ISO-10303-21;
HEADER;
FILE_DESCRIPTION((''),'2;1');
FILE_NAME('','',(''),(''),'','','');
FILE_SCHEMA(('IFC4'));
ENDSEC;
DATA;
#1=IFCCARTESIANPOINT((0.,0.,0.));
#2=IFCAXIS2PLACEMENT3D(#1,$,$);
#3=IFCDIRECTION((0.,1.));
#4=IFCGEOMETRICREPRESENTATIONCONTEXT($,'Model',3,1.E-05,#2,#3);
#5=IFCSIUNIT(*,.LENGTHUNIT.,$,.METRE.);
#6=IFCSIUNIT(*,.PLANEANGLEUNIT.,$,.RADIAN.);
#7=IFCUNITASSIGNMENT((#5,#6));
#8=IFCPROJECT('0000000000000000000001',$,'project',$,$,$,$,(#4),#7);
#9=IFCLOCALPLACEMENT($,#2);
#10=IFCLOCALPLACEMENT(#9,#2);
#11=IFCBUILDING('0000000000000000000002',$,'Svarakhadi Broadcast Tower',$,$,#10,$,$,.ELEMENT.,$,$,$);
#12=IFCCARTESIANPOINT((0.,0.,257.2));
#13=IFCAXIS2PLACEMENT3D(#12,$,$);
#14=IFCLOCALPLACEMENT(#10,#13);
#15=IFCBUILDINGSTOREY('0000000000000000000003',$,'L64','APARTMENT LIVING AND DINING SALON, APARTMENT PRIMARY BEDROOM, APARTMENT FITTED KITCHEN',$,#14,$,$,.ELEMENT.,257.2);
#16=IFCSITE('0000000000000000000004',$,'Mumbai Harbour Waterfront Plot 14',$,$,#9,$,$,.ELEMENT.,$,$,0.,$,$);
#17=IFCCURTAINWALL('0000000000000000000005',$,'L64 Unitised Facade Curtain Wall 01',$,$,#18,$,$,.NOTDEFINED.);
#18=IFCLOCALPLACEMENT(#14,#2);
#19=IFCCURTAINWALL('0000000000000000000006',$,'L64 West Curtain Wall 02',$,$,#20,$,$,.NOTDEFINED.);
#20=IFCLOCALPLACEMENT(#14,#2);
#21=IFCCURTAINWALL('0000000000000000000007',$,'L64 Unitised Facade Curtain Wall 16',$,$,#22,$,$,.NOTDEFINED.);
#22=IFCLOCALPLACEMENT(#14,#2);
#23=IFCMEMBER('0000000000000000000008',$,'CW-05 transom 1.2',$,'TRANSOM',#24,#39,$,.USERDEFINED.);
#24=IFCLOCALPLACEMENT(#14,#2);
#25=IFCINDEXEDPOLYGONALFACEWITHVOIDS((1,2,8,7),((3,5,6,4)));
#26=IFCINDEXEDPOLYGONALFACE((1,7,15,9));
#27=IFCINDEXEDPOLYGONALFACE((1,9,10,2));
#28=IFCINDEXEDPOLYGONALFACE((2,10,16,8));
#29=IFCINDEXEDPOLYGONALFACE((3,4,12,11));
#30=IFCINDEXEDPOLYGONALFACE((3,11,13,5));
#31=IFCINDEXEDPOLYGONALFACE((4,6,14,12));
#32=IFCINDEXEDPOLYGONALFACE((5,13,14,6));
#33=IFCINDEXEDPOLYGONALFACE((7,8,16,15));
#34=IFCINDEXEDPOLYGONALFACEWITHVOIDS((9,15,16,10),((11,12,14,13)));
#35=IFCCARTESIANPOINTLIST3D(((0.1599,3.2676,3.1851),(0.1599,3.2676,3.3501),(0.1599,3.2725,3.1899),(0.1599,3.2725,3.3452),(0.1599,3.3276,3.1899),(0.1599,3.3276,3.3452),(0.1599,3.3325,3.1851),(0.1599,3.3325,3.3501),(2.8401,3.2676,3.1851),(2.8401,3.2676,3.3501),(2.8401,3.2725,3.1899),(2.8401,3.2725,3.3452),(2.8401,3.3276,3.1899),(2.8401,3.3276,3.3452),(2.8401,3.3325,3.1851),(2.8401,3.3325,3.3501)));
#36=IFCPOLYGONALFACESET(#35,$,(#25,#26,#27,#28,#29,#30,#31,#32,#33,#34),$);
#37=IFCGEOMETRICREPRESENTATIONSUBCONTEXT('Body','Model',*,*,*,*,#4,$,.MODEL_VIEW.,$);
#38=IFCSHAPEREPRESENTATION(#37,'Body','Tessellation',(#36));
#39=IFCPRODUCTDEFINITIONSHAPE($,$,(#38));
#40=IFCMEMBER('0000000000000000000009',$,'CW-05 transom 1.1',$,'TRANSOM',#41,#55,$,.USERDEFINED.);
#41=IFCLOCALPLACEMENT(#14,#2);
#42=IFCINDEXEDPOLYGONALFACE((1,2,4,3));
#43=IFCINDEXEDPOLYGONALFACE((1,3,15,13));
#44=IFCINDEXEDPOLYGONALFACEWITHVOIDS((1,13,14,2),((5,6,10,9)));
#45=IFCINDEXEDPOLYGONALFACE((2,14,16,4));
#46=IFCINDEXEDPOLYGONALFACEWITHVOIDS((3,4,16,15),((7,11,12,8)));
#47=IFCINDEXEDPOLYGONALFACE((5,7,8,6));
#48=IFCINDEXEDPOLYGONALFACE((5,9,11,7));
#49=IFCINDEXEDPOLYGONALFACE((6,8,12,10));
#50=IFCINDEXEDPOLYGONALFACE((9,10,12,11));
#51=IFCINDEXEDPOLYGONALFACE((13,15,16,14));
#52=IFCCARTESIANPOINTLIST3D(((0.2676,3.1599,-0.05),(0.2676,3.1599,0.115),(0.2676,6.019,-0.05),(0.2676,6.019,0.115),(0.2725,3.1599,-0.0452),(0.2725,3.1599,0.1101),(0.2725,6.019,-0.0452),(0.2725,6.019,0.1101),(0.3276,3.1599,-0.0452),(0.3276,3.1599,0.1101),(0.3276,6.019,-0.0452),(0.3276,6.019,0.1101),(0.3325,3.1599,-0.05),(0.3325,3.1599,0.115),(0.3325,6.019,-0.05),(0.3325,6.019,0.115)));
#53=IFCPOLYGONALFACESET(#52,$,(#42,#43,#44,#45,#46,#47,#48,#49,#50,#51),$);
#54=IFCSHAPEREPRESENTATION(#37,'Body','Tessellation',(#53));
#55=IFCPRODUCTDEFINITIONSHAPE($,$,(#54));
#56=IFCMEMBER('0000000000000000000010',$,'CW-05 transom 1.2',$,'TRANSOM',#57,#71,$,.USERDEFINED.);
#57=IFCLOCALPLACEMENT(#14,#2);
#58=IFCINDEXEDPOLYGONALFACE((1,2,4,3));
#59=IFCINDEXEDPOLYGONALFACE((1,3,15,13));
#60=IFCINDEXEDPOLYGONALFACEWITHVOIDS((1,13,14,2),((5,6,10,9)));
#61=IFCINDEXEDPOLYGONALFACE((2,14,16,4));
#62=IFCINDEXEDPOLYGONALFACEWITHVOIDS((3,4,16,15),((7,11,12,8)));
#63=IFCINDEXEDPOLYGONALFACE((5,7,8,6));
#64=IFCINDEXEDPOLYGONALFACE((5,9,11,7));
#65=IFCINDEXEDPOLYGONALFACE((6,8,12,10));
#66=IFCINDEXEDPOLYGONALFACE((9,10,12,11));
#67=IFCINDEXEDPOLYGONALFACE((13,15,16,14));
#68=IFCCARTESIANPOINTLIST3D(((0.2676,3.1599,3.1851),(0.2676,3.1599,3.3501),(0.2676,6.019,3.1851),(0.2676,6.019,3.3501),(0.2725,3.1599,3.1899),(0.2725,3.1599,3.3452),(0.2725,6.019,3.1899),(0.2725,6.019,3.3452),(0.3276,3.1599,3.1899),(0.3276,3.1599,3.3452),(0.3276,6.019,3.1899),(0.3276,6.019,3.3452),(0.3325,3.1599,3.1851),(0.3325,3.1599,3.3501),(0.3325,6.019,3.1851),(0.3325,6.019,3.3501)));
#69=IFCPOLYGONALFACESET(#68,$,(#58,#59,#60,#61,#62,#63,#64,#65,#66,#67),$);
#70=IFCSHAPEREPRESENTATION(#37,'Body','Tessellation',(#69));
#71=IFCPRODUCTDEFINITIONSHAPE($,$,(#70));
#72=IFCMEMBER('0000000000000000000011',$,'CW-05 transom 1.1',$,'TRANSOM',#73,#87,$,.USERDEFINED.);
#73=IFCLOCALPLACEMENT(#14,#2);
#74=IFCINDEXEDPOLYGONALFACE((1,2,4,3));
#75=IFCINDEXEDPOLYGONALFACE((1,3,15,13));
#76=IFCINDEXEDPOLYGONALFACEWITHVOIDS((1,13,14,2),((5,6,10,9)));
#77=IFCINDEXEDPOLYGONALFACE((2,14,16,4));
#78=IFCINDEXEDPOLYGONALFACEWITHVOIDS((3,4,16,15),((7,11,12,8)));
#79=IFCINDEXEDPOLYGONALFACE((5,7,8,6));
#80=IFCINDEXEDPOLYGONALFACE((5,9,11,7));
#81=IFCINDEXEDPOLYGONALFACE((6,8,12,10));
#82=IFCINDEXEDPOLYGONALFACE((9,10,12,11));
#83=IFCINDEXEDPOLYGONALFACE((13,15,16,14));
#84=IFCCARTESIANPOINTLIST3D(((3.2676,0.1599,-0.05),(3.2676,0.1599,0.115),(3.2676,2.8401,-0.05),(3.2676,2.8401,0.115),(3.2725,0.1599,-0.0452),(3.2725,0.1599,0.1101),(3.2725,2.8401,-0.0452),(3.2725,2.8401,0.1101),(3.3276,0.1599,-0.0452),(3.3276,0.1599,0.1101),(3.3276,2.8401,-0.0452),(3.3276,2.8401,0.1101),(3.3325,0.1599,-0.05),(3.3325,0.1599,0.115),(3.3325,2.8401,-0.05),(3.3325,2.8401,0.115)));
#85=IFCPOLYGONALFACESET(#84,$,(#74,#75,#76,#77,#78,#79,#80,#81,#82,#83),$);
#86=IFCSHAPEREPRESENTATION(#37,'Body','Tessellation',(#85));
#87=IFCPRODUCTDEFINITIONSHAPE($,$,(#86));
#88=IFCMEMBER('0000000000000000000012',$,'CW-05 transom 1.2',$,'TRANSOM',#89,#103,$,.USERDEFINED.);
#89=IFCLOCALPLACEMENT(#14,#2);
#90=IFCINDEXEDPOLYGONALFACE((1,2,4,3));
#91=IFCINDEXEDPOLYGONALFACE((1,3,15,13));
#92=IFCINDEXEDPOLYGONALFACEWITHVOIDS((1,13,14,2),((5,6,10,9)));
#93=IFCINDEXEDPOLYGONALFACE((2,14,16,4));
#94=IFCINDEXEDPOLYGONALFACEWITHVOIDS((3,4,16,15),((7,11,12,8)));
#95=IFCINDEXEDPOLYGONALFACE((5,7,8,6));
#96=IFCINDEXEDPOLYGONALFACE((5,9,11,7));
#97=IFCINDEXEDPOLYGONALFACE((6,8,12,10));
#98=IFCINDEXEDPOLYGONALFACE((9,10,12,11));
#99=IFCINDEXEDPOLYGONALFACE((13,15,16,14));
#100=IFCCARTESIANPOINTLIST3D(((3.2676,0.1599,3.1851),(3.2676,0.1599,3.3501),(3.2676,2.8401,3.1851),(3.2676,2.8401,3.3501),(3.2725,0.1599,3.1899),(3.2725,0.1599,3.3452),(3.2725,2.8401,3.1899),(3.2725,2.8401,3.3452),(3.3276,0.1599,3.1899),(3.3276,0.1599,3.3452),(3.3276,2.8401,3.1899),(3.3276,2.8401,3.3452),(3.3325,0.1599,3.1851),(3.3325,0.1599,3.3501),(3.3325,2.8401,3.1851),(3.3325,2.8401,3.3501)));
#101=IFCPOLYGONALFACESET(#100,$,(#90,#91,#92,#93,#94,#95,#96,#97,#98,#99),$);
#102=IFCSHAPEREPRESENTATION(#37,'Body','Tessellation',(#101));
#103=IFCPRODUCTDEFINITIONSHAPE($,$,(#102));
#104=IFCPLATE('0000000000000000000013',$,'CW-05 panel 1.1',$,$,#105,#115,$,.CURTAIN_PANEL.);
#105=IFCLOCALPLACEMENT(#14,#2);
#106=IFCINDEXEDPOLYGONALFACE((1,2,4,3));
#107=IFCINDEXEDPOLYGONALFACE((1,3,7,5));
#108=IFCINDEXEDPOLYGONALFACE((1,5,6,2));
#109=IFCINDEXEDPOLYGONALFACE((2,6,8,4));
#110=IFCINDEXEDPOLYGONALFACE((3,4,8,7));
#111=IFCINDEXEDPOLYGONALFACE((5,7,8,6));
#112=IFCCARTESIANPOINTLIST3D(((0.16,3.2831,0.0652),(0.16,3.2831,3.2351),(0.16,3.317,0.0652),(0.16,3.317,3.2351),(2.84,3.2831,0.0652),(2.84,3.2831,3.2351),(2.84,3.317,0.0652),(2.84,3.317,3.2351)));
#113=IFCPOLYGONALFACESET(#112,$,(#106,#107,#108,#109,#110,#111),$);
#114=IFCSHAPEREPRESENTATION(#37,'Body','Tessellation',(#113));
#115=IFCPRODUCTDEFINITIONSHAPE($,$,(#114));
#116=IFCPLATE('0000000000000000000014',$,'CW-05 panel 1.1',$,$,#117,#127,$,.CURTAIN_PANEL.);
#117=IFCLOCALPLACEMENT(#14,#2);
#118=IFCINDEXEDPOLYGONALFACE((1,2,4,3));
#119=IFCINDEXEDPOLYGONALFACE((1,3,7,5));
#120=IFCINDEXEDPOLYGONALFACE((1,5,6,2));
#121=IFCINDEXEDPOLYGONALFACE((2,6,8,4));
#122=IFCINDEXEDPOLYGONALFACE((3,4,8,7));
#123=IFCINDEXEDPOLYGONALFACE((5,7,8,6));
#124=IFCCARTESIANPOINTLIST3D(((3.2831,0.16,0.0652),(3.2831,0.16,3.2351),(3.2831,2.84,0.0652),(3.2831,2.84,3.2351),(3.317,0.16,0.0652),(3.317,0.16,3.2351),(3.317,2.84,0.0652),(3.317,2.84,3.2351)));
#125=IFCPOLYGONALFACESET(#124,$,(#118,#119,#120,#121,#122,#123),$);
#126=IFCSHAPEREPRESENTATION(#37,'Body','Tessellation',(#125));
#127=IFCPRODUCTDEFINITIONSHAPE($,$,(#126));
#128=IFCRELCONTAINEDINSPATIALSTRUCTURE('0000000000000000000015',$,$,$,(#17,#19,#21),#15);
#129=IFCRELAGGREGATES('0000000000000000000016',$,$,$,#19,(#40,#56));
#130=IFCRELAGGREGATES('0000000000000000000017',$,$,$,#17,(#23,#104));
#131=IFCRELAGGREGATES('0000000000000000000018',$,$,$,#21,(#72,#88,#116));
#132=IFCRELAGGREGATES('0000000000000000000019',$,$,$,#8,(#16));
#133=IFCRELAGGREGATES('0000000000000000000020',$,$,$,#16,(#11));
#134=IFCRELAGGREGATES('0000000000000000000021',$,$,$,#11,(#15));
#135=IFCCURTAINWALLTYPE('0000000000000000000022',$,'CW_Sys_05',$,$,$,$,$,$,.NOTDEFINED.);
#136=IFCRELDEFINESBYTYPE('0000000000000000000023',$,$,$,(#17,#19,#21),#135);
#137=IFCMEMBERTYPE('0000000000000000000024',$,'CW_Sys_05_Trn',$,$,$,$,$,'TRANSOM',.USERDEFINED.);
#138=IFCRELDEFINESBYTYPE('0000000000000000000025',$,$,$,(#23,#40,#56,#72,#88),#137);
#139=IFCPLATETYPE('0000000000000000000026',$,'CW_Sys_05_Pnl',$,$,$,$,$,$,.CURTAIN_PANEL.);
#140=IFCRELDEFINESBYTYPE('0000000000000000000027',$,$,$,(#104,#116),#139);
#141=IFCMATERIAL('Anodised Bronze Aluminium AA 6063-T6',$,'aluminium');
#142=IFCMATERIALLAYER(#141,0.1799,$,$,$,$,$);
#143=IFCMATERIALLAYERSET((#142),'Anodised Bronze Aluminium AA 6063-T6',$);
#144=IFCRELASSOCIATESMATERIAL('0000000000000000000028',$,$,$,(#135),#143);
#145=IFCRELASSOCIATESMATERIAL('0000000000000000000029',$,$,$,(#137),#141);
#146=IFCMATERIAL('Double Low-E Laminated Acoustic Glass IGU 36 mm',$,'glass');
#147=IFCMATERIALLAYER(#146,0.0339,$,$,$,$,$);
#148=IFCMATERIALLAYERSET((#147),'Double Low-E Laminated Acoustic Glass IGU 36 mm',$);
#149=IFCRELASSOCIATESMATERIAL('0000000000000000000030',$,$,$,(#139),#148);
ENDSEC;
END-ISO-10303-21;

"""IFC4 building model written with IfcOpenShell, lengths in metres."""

from ifc_helpers import new_model, si_unit, direction, frame, origin, origin_2d, place, context, subcontext, project, spatial, rectangle, hollow_rectangle, extrude, material, layer, layer_set, material_profile, profile_set, type_object, element, aggregate, save


model = new_model("IFC4")

# Units and contexts
model_context = context("Model", 3, precision=1e-05, world=origin(), true_north=direction((0.0, 1.0)))
body_context = subcontext(model_context, "Body", "Model", "MODEL_VIEW")
ifc_project = project(units=[si_unit("LENGTHUNIT", "METRE"), si_unit("PLANEANGLEUNIT", "RADIAN")], contexts=[model_context])

# Site, building, storey
site_placement = place(None, origin())
site = spatial("IfcSite", under=ifc_project, at=site_placement, Name="Mumbai Harbour Waterfront Plot 14", CompositionType="ELEMENT", RefElevation=0.0)
building_placement = place(site_placement, origin())
building = spatial("IfcBuilding", under=site, at=building_placement, Name="Svarakhadi Broadcast Tower", CompositionType="ELEMENT")
storey_placement = place(building_placement, frame((0.0, 0.0, 257.2)))
storey = spatial("IfcBuildingStorey", under=building, at=storey_placement, Name="L64", Description="APARTMENT LIVING AND DINING SALON, APARTMENT PRIMARY BEDROOM, APARTMENT FITTED KITCHEN", CompositionType="ELEMENT", Elevation=257.2)

# Curtain wall
ifc_material_1 = material(Name="Anodised Bronze Aluminium AA 6063-T6", Category="aluminium")
ifc_layer_1 = layer(ifc_material_1, 0.1799)
ifc_layer_set_1 = layer_set([ifc_layer_1], Name="Anodised Bronze Aluminium AA 6063-T6")
curtain_wall_type = type_object("IfcCurtainWallType", Name="CW_Sys_05", PredefinedType="NOTDEFINED", material=ifc_layer_set_1)
curtain_wall_1_placement = place(storey_placement, origin())
curtain_wall_1 = element("IfcCurtainWall", 1, at=curtain_wall_1_placement, inside=storey, type_object=curtain_wall_type, Name="L64 Unitised Facade Curtain Wall 01", PredefinedType="NOTDEFINED")

# Curtain wall
curtain_wall_2_placement = place(storey_placement, origin())
curtain_wall_2 = element("IfcCurtainWall", 2, at=curtain_wall_2_placement, inside=storey, type_object=curtain_wall_type, Name="L64 West Curtain Wall 02", PredefinedType="NOTDEFINED")

# Curtain wall
curtain_wall_3_placement = place(storey_placement, origin())
curtain_wall_3 = element("IfcCurtainWall", 3, at=curtain_wall_3_placement, inside=storey, type_object=curtain_wall_type, Name="L64 Unitised Facade Curtain Wall 16", PredefinedType="NOTDEFINED")

# Members
ifc_material_profile_1 = material_profile(ifc_material_1, hollow_rectangle(XDim=0.0649, YDim=0.165, WallThickness=0.0049, at=origin_2d()), Name="ALU TRANSOM 165x65x5")
ifc_profile_set_1 = profile_set([ifc_material_profile_1], Name="Anodised Bronze Aluminium AA 6063-T6")
member_type_1 = type_object("IfcMemberType", Name="CW_Sys_05_Trn", ElementType="TRANSOM", PredefinedType="USERDEFINED", material=ifc_profile_set_1)
member_1_placement = place(storey_placement, frame((2.8401, 3.3, 3.2676), z_axis=(-1.0, 0.0, 0.0), x_axis=(0.0, -1.0, 0.0)))
member_1 = element("IfcMember", 4, at=member_1_placement, type_object=member_type_1, Name="CW-05 transom 1.2", ObjectType="TRANSOM", PredefinedType="USERDEFINED", context=body_context, shape_type="SweptSolid", body=[
    extrude(hollow_rectangle(XDim=0.0649, YDim=0.165, WallThickness=0.0049, at=origin_2d()), origin(), (0.0, 0.0, 1.0), 2.6802),
])
member_2_placement = place(storey_placement, frame((0.3, 3.1599, 0.0325), z_axis=(0.0, 1.0, 0.0), x_axis=(-1.0, 0.0, 0.0)))
member_2 = element("IfcMember", 5, at=member_2_placement, type_object=member_type_1, Name="CW-05 transom 1.1", ObjectType="TRANSOM", PredefinedType="USERDEFINED", context=body_context, shape_type="SweptSolid", body=[
    extrude(hollow_rectangle(XDim=0.0649, YDim=0.165, WallThickness=0.0049, at=origin_2d()), origin(), (0.0, 0.0, 1.0), 2.8591),
])
member_3_placement = place(storey_placement, frame((0.3, 3.1599, 3.2676), z_axis=(0.0, 1.0, 0.0), x_axis=(-1.0, 0.0, 0.0)))
member_3 = element("IfcMember", 6, at=member_3_placement, type_object=member_type_1, Name="CW-05 transom 1.2", ObjectType="TRANSOM", PredefinedType="USERDEFINED", context=body_context, shape_type="SweptSolid", body=[
    extrude(hollow_rectangle(XDim=0.0649, YDim=0.165, WallThickness=0.0049, at=origin_2d()), origin(), (0.0, 0.0, 1.0), 2.8591),
])
aggregate(curtain_wall_2, [member_2, member_3])
member_4_placement = place(storey_placement, frame((3.3, 0.1599, 0.0325), z_axis=(0.0, 1.0, 0.0), x_axis=(-1.0, 0.0, 0.0)))
member_4 = element("IfcMember", 7, at=member_4_placement, type_object=member_type_1, Name="CW-05 transom 1.1", ObjectType="TRANSOM", PredefinedType="USERDEFINED", context=body_context, shape_type="SweptSolid", body=[
    extrude(hollow_rectangle(XDim=0.0649, YDim=0.165, WallThickness=0.0049, at=origin_2d()), origin(), (0.0, 0.0, 1.0), 2.6802),
])
member_5_placement = place(storey_placement, frame((3.3, 0.1599, 3.2676), z_axis=(0.0, 1.0, 0.0), x_axis=(-1.0, 0.0, 0.0)))
member_5 = element("IfcMember", 8, at=member_5_placement, type_object=member_type_1, Name="CW-05 transom 1.2", ObjectType="TRANSOM", PredefinedType="USERDEFINED", context=body_context, shape_type="SweptSolid", body=[
    extrude(hollow_rectangle(XDim=0.0649, YDim=0.165, WallThickness=0.0049, at=origin_2d()), origin(), (0.0, 0.0, 1.0), 2.6802),
])

# Plates
ifc_material_2 = material(Name="Double Low-E Laminated Acoustic Glass IGU 36 mm", Category="glass")
ifc_layer_2 = layer(ifc_material_2, 0.0339)
ifc_layer_set_2 = layer_set([ifc_layer_2], Name="Double Low-E Laminated Acoustic Glass IGU 36 mm")
plate_type = type_object("IfcPlateType", Name="CW_Sys_05_Pnl", PredefinedType="CURTAIN_PANEL", material=ifc_layer_set_2)
plate_1_placement = place(storey_placement, frame((1.5, 3.3, 0.0652), z_axis=(0.0, 0.0, 1.0), x_axis=(-1.0, 0.0, 0.0)))
plate_1 = element("IfcPlate", 9, at=plate_1_placement, type_object=plate_type, Name="CW-05 panel 1.1", PredefinedType="CURTAIN_PANEL", context=body_context, shape_type="SweptSolid", body=[
    extrude(rectangle(XDim=2.6799, YDim=0.0339, at=origin_2d()), origin(), (0.0, 0.0, 1.0), 3.1699),
])
aggregate(curtain_wall_1, [member_1, plate_1])
plate_2_placement = place(storey_placement, frame((3.3, 1.5, 0.0652), z_axis=(0.0, 0.0, 1.0), x_axis=(0.0, 1.0, 0.0)))
plate_2 = element("IfcPlate", 10, at=plate_2_placement, type_object=plate_type, Name="CW-05 panel 1.1", PredefinedType="CURTAIN_PANEL", context=body_context, shape_type="SweptSolid", body=[
    extrude(rectangle(XDim=2.6799, YDim=0.0339, at=origin_2d()), origin(), (0.0, 0.0, 1.0), 3.1699),
])
aggregate(curtain_wall_3, [member_4, member_5, plate_2])

save(model, "model.ifc")
